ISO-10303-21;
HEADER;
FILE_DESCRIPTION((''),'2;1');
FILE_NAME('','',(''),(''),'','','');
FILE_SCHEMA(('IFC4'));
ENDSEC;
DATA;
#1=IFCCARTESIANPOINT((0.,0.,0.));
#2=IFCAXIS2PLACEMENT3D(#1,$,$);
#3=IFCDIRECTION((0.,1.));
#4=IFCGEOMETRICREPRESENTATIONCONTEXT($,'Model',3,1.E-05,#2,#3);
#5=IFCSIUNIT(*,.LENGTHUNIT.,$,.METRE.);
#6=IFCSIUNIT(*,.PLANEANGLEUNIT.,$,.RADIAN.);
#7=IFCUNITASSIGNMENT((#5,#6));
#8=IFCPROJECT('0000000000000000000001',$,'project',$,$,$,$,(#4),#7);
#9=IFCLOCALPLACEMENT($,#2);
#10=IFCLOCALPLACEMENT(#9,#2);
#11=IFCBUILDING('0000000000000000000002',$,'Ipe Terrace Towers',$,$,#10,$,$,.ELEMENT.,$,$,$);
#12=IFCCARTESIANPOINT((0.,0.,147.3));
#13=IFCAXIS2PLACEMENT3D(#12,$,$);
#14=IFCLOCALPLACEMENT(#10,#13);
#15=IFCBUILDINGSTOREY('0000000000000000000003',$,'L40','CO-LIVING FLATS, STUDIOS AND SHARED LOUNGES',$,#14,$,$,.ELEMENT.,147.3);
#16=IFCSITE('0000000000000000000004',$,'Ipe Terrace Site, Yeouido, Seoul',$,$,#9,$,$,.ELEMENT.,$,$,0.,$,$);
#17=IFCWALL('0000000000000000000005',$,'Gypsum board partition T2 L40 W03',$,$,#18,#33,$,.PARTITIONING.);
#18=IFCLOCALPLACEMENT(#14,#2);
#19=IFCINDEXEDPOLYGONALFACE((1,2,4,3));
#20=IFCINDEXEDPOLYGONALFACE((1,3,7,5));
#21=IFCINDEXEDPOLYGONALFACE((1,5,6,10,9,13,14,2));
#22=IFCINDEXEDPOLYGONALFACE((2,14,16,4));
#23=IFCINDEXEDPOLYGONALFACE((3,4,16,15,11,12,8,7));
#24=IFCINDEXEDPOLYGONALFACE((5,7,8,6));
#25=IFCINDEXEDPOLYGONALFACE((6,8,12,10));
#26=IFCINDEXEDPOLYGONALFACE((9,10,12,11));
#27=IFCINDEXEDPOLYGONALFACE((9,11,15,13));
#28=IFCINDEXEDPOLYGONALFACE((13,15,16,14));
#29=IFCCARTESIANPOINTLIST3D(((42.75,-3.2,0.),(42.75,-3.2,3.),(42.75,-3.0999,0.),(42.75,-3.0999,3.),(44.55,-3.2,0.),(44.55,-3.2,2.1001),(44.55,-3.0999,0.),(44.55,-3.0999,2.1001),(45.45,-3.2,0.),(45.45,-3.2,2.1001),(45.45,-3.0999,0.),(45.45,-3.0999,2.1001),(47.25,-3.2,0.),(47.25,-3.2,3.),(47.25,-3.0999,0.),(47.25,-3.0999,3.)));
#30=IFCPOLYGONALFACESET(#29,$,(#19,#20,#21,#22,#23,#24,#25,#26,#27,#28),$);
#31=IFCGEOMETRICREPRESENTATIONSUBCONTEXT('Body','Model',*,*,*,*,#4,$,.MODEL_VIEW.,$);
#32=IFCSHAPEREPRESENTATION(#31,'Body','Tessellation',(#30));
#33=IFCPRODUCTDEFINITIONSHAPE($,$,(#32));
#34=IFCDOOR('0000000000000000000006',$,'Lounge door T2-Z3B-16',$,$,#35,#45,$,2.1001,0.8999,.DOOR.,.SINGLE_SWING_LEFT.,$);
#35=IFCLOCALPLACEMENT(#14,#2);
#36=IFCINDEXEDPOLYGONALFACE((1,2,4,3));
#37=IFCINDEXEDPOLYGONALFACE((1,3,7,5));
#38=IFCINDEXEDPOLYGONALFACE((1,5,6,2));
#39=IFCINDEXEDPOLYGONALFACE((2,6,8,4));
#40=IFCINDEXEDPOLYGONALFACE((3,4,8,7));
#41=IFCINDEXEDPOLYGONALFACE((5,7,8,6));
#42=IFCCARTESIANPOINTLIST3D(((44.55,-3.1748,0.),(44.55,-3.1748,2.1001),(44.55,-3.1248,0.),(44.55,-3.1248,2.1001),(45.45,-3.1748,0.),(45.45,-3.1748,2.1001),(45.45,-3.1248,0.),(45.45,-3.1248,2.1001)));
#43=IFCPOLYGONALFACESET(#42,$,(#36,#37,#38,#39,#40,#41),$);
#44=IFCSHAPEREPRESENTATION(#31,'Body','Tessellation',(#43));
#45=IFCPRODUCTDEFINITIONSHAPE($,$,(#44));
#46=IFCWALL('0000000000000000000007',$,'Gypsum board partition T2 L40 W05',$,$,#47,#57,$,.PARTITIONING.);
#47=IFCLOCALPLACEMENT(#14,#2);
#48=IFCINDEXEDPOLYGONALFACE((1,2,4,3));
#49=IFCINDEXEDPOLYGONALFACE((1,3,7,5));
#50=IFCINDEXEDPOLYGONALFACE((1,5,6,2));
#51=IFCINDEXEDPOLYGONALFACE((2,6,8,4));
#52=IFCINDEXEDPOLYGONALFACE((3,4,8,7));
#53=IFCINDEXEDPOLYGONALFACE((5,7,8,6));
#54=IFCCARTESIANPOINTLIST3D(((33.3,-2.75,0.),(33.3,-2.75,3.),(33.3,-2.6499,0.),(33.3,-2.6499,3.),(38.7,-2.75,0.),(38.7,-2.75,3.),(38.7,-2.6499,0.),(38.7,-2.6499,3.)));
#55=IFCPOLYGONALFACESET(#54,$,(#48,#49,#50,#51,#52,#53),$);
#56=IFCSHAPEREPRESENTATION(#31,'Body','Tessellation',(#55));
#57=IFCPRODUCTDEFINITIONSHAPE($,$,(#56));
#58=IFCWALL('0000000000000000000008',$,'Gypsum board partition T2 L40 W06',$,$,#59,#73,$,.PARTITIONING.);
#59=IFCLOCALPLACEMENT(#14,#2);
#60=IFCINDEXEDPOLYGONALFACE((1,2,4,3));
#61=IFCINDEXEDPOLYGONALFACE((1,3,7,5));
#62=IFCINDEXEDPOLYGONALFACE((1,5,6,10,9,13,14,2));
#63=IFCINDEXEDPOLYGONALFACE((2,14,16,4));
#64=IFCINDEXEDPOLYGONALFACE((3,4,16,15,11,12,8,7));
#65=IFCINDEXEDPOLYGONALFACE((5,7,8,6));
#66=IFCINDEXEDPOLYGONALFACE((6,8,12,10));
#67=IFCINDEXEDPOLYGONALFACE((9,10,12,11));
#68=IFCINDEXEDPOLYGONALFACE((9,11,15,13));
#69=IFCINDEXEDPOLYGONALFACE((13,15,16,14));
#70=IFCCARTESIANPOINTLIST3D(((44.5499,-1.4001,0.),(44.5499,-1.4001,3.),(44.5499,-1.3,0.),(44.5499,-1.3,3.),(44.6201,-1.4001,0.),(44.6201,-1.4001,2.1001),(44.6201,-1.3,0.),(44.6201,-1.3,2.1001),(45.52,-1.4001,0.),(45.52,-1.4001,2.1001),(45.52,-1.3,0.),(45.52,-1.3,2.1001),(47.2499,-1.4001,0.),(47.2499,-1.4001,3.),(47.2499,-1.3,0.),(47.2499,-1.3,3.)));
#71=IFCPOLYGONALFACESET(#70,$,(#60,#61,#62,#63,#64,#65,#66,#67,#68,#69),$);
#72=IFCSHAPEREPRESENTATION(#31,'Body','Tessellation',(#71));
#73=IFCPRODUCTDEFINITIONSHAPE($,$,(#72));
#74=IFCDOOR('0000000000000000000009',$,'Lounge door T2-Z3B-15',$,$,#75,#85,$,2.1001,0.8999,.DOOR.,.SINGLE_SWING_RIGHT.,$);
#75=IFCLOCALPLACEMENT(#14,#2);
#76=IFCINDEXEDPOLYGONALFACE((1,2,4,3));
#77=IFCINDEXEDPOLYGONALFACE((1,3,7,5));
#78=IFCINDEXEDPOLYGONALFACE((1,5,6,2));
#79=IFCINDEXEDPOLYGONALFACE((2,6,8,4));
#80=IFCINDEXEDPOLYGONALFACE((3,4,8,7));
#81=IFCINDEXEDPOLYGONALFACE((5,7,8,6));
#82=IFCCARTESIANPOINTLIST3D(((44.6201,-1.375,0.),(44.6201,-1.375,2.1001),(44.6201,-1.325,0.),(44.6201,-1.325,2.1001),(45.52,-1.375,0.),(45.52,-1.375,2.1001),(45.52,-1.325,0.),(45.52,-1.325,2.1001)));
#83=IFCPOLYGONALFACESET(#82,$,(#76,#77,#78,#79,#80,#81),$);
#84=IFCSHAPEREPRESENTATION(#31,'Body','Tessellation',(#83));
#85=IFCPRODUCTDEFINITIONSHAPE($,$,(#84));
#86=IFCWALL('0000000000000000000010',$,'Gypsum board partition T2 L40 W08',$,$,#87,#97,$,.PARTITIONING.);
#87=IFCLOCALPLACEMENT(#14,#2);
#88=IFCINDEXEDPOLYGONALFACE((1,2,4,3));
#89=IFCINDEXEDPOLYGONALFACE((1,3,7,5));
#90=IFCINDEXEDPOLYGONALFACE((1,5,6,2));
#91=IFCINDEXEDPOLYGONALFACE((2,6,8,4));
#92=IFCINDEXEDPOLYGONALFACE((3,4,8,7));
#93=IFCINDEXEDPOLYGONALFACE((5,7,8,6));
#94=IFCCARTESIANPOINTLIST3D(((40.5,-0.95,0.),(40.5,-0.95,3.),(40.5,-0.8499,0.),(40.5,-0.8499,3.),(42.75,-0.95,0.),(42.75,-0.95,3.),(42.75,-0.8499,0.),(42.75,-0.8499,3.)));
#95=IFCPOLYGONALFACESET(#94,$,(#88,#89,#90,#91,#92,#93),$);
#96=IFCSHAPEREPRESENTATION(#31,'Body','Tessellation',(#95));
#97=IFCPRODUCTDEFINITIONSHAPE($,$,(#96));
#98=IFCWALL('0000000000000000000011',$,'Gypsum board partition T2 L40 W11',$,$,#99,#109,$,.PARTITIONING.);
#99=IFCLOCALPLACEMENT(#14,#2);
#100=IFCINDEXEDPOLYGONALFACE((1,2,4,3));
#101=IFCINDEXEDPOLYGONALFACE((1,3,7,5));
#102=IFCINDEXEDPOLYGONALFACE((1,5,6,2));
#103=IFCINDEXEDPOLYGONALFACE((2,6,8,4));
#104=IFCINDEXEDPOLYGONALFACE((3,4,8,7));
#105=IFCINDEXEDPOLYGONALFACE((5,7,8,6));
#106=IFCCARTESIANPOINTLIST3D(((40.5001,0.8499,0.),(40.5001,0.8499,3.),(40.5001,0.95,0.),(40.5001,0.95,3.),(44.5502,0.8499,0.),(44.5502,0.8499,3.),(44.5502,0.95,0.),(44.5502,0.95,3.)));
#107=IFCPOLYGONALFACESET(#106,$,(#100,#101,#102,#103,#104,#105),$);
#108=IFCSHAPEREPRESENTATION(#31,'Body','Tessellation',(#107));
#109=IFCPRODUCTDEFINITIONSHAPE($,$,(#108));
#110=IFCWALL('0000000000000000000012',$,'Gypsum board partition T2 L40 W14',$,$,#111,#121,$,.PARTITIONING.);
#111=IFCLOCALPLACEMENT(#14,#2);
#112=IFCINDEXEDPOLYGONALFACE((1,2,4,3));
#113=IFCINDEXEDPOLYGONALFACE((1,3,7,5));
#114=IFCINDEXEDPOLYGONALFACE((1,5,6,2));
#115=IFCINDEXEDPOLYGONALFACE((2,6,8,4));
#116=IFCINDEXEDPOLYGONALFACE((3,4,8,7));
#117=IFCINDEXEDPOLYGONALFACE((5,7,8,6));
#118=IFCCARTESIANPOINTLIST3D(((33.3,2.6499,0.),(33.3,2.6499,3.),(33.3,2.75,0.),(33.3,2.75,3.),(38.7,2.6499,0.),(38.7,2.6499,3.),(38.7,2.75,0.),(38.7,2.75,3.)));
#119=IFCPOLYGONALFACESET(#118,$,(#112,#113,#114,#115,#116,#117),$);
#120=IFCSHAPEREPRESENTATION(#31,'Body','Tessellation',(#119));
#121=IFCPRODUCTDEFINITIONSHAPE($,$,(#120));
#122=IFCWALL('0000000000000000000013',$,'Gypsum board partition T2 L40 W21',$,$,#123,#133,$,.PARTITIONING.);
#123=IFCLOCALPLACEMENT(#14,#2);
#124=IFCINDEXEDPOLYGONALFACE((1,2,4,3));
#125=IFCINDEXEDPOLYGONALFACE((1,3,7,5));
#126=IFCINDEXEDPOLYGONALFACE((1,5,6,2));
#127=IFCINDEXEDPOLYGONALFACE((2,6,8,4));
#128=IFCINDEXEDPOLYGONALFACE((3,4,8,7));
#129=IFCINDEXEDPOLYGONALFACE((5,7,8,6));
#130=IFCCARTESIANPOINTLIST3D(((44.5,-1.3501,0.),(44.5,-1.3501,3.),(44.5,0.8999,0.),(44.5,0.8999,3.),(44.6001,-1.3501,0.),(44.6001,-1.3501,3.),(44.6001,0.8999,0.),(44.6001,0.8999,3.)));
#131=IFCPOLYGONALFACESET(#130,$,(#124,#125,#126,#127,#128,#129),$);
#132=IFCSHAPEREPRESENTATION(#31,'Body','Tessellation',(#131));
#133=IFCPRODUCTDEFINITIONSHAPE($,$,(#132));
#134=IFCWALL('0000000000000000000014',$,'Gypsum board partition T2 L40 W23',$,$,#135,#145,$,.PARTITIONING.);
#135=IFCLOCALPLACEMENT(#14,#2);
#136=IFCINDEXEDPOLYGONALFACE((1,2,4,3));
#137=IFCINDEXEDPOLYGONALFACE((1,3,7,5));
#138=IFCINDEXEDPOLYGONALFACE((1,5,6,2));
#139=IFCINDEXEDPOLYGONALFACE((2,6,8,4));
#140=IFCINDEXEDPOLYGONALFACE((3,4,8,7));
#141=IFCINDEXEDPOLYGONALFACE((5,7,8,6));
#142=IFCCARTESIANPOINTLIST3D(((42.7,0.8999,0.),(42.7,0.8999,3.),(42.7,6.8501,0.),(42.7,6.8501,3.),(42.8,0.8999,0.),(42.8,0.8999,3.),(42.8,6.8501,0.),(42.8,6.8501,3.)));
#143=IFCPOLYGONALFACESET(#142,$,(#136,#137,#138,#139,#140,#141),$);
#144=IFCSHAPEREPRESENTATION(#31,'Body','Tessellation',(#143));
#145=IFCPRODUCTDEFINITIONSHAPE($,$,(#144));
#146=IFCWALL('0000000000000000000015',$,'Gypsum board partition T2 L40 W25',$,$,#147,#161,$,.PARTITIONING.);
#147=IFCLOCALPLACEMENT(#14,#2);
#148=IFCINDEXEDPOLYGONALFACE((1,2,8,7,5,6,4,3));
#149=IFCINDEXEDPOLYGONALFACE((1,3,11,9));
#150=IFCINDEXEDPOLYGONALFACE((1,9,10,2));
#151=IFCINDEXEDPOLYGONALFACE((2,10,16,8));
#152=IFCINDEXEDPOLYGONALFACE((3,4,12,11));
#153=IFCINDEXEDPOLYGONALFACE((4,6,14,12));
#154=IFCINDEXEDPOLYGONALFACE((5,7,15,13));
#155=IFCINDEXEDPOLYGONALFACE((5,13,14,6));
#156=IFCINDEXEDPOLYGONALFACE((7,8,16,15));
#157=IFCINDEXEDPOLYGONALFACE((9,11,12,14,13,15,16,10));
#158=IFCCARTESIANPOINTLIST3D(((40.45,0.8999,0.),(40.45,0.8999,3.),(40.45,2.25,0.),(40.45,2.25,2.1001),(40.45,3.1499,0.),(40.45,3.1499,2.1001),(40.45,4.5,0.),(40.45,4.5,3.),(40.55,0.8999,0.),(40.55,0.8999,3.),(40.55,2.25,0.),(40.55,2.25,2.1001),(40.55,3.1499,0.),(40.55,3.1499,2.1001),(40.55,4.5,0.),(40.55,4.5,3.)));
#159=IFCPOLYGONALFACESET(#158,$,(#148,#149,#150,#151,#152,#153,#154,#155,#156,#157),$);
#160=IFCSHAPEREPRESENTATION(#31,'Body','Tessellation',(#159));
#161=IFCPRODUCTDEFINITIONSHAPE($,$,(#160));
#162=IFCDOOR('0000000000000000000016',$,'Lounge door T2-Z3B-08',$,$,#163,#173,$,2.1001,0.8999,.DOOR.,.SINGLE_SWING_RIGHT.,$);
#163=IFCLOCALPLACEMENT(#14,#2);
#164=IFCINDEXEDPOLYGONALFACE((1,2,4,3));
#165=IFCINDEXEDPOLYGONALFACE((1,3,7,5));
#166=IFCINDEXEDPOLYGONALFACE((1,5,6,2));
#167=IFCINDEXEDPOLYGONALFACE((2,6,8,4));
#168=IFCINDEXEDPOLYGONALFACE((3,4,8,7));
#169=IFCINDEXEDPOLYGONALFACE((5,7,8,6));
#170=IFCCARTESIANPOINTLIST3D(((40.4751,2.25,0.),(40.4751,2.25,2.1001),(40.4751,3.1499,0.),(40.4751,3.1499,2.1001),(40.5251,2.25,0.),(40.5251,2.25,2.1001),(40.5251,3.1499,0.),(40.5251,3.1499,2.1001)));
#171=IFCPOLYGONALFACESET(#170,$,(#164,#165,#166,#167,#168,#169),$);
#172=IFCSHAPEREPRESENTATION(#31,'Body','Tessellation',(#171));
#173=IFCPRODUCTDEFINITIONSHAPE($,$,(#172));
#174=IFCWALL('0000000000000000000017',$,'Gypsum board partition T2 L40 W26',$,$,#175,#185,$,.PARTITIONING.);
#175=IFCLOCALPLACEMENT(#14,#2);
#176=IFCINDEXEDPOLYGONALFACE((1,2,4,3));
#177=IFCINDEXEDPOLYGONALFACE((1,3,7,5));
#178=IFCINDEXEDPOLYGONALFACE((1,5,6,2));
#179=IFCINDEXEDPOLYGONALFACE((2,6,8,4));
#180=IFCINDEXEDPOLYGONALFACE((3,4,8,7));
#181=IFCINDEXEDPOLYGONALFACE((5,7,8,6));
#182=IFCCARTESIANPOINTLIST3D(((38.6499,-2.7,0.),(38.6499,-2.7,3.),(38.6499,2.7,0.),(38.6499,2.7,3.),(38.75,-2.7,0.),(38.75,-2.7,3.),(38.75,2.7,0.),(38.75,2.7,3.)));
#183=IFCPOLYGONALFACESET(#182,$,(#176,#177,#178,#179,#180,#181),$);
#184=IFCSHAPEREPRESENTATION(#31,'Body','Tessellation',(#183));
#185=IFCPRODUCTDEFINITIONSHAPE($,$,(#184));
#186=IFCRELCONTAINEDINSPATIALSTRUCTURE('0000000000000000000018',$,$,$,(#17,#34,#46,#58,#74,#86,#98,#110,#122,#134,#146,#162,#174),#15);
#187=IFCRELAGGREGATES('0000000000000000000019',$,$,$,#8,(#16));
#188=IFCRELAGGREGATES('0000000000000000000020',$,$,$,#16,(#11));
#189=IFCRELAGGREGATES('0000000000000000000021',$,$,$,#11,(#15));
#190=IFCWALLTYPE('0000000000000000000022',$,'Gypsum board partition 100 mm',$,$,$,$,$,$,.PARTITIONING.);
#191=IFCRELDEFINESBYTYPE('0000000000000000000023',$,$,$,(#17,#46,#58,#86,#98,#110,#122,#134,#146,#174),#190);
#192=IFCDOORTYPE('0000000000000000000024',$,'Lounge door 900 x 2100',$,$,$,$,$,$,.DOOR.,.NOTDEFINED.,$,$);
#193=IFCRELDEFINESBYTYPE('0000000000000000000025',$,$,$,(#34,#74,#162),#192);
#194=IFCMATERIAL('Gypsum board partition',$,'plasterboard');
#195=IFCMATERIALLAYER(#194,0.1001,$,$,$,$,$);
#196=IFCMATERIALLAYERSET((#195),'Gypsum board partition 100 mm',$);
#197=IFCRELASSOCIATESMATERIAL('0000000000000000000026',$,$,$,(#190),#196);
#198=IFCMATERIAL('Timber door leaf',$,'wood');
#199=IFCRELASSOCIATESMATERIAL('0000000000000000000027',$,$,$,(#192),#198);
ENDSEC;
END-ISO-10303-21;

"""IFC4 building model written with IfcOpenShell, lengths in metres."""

from ifc_helpers import new_model, si_unit, direction, frame, frame_2d, origin, place, context, subcontext, project, spatial, rectangle, extrude, material, layer, layer_set, type_object, element, fill, save


model = new_model("IFC4")

# Units and contexts
model_context = context("Model", 3, precision=1e-05, world=origin(), true_north=direction((0.0, 1.0)))
body_context = subcontext(model_context, "Body", "Model", "MODEL_VIEW")
ifc_project = project(units=[si_unit("LENGTHUNIT", "METRE"), si_unit("PLANEANGLEUNIT", "RADIAN")], contexts=[model_context])

# Site, building, storey
site_placement = place(None, origin())
site = spatial("IfcSite", under=ifc_project, at=site_placement, Name="Ipe Terrace Site, Yeouido, Seoul", CompositionType="ELEMENT", RefElevation=0.0)
building_placement = place(site_placement, origin())
building = spatial("IfcBuilding", under=site, at=building_placement, Name="Ipe Terrace Towers", CompositionType="ELEMENT")
storey_placement = place(building_placement, frame((0.0, 0.0, 147.3)))
storey = spatial("IfcBuildingStorey", under=building, at=storey_placement, Name="L40", Description="CO-LIVING FLATS, STUDIOS AND SHARED LOUNGES", CompositionType="ELEMENT", Elevation=147.3)

# Wall, opening, door
ifc_material_1 = material(Name="Gypsum board partition", Category="plasterboard")
ifc_layer_1 = layer(ifc_material_1, 0.1001)
ifc_layer_set_1 = layer_set([ifc_layer_1], Name="Gypsum board partition 100 mm")
wall_type_1 = type_object("IfcWallType", Name="Gypsum board partition 100 mm", PredefinedType="PARTITIONING", material=ifc_layer_set_1)
ifc_material_2 = material(Name="Timber door leaf", Category="wood")
door_type = type_object("IfcDoorType", Name="Lounge door 900 x 2100", OperationType="NOTDEFINED", PredefinedType="DOOR", material=ifc_material_2)
wall_1_placement = place(storey_placement, frame((47.25, -3.1499, 0.0), z_axis=(0.0, 0.0, 1.0), x_axis=(-1.0, 0.0, 0.0)))
wall_1 = element("IfcWall", 1, at=wall_1_placement, inside=storey, type_object=wall_type_1, Name="Gypsum board partition T2 L40 W03", PredefinedType="PARTITIONING", context=body_context, shape_type="SweptSolid", body=[
    extrude(rectangle(XDim=4.5, YDim=0.1001, at=frame_2d((2.25, 0.0))), origin(), (0.0, 0.0, 1.0), 3.0),
])
opening_1_placement = place(wall_1_placement, frame((1.8, 0.0, 0.0)))
opening_1 = element("IfcOpeningElement", 2, at=opening_1_placement, cuts=wall_1, PredefinedType="OPENING", context=body_context, shape_type="SweptSolid", body=[
    extrude(rectangle(XDim=0.8999, YDim=2.1001, at=frame_2d((0.45, 1.05))), frame((0.0, 0.0601, 0.0), z_axis=(0.0, -1.0, 0.0), x_axis=(1.0, 0.0, 0.0)), (0.0, 0.0, 1.0), 0.1201),
])
door_1_placement = place(opening_1_placement, origin())
door_1 = element("IfcDoor", 3, at=door_1_placement, inside=storey, type_object=door_type, Name="Lounge door T2-Z3B-16", OperationType="SINGLE_SWING_LEFT", OverallHeight=2.1001, OverallWidth=0.8999, PredefinedType="DOOR", context=body_context, shape_type="SweptSolid", body=[
    extrude(rectangle(XDim=0.8999, YDim=2.1001, at=frame_2d((0.45, 1.05))), frame((0.0, 0.0249, 0.0), z_axis=(0.0, -1.0, 0.0), x_axis=(1.0, 0.0, 0.0)), (0.0, 0.0, 1.0), 0.05),
])
fill(opening_1, door_1)

# Wall
wall_2_placement = place(storey_placement, frame((38.7, -2.7, 0.0), z_axis=(0.0, 0.0, 1.0), x_axis=(-1.0, 0.0, 0.0)))
element("IfcWall", 4, at=wall_2_placement, inside=storey, type_object=wall_type_1, Name="Gypsum board partition T2 L40 W05", PredefinedType="PARTITIONING", context=body_context, shape_type="SweptSolid", body=[
    extrude(rectangle(XDim=5.3999, YDim=0.1001, at=frame_2d((2.7, 0.0))), origin(), (0.0, 0.0, 1.0), 3.0),
])

# Wall, opening, door
wall_3_placement = place(storey_placement, frame((47.25, -1.3501, 0.0), z_axis=(0.0, 0.0, 1.0), x_axis=(-1.0, 0.0, 0.0)))
wall_3 = element("IfcWall", 5, at=wall_3_placement, inside=storey, type_object=wall_type_1, Name="Gypsum board partition T2 L40 W06", PredefinedType="PARTITIONING", context=body_context, shape_type="SweptSolid", body=[
    extrude(rectangle(XDim=2.7, YDim=0.1001, at=frame_2d((1.3501, 0.0))), origin(), (0.0, 0.0, 1.0), 3.0),
])
opening_2_placement = place(wall_3_placement, frame((1.73, 0.0, 0.0)))
opening_2 = element("IfcOpeningElement", 6, at=opening_2_placement, cuts=wall_3, PredefinedType="OPENING", context=body_context, shape_type="SweptSolid", body=[
    extrude(rectangle(XDim=0.8999, YDim=2.1001, at=frame_2d((0.45, 1.05))), frame((0.0, 0.0601, 0.0), z_axis=(0.0, -1.0, 0.0), x_axis=(1.0, 0.0, 0.0)), (0.0, 0.0, 1.0), 0.1201),
])
door_2_placement = place(opening_2_placement, origin())
door_2 = element("IfcDoor", 7, at=door_2_placement, inside=storey, type_object=door_type, Name="Lounge door T2-Z3B-15", OperationType="SINGLE_SWING_RIGHT", OverallHeight=2.1001, OverallWidth=0.8999, PredefinedType="DOOR", context=body_context, shape_type="SweptSolid", body=[
    extrude(rectangle(XDim=0.8999, YDim=2.1001, at=frame_2d((0.45, 1.05))), frame((0.0, 0.0249, 0.0), z_axis=(0.0, -1.0, 0.0), x_axis=(1.0, 0.0, 0.0)), (0.0, 0.0, 1.0), 0.05),
])
fill(opening_2, door_2)

# Walls
wall_4_placement = place(storey_placement, frame((42.75, -0.8999, 0.0), z_axis=(0.0, 0.0, 1.0), x_axis=(-1.0, 0.0, 0.0)))
element("IfcWall", 8, at=wall_4_placement, inside=storey, type_object=wall_type_1, Name="Gypsum board partition T2 L40 W08", PredefinedType="PARTITIONING", context=body_context, shape_type="SweptSolid", body=[
    extrude(rectangle(XDim=2.25, YDim=0.1001, at=frame_2d((1.125, 0.0))), origin(), (0.0, 0.0, 1.0), 3.0),
])
wall_5_placement = place(storey_placement, frame((44.55, 0.8999, 0.0), z_axis=(0.0, 0.0, 1.0), x_axis=(-1.0, 0.0, 0.0)))
element("IfcWall", 9, at=wall_5_placement, inside=storey, type_object=wall_type_1, Name="Gypsum board partition T2 L40 W11", PredefinedType="PARTITIONING", context=body_context, shape_type="SweptSolid", body=[
    extrude(rectangle(XDim=4.05, YDim=0.1001, at=frame_2d((2.0249, 0.0))), origin(), (0.0, 0.0, 1.0), 3.0),
])
wall_6_placement = place(storey_placement, frame((38.7, 2.7, 0.0), z_axis=(0.0, 0.0, 1.0), x_axis=(-1.0, 0.0, 0.0)))
element("IfcWall", 10, at=wall_6_placement, inside=storey, type_object=wall_type_1, Name="Gypsum board partition T2 L40 W14", PredefinedType="PARTITIONING", context=body_context, shape_type="SweptSolid", body=[
    extrude(rectangle(XDim=5.3999, YDim=0.1001, at=frame_2d((2.7, 0.0))), origin(), (0.0, 0.0, 1.0), 3.0),
])
wall_7_placement = place(storey_placement, frame((44.55, -1.3501, 0.0), z_axis=(0.0, 0.0, 1.0), x_axis=(0.0, 1.0, 0.0)))
element("IfcWall", 11, at=wall_7_placement, inside=storey, type_object=wall_type_1, Name="Gypsum board partition T2 L40 W21", PredefinedType="PARTITIONING", context=body_context, shape_type="SweptSolid", body=[
    extrude(rectangle(XDim=2.25, YDim=0.1001, at=frame_2d((1.125, 0.0))), origin(), (0.0, 0.0, 1.0), 3.0),
])
wall_8_placement = place(storey_placement, frame((42.75, 0.8999, 0.0), z_axis=(0.0, 0.0, 1.0), x_axis=(0.0, 1.0, 0.0)))
element("IfcWall", 12, at=wall_8_placement, inside=storey, type_object=wall_type_1, Name="Gypsum board partition T2 L40 W23", PredefinedType="PARTITIONING", context=body_context, shape_type="SweptSolid", body=[
    extrude(rectangle(XDim=5.9502, YDim=0.1001, at=frame_2d((2.9751, 0.0))), origin(), (0.0, 0.0, 1.0), 3.0),
])

# Wall, opening, door
wall_9_placement = place(storey_placement, frame((40.5, 0.8999, 0.0), z_axis=(0.0, 0.0, 1.0), x_axis=(0.0, 1.0, 0.0)))
wall_9 = element("IfcWall", 13, at=wall_9_placement, inside=storey, type_object=wall_type_1, Name="Gypsum board partition T2 L40 W25", PredefinedType="PARTITIONING", context=body_context, shape_type="SweptSolid", body=[
    extrude(rectangle(XDim=3.6001, YDim=0.1001, at=frame_2d((1.8, 0.0))), origin(), (0.0, 0.0, 1.0), 3.0),
])
opening_3_placement = place(wall_9_placement, frame((1.3501, 0.0, 0.0)))
opening_3 = element("IfcOpeningElement", 14, at=opening_3_placement, cuts=wall_9, PredefinedType="OPENING", context=body_context, shape_type="SweptSolid", body=[
    extrude(rectangle(XDim=0.8999, YDim=2.1001, at=frame_2d((0.45, 1.05))), frame((0.0, 0.0601, 0.0), z_axis=(0.0, -1.0, 0.0), x_axis=(1.0, 0.0, 0.0)), (0.0, 0.0, 1.0), 0.1201),
])
door_3_placement = place(opening_3_placement, origin())
door_3 = element("IfcDoor", 15, at=door_3_placement, inside=storey, type_object=door_type, Name="Lounge door T2-Z3B-08", OperationType="SINGLE_SWING_RIGHT", OverallHeight=2.1001, OverallWidth=0.8999, PredefinedType="DOOR", context=body_context, shape_type="SweptSolid", body=[
    extrude(rectangle(XDim=0.8999, YDim=2.1001, at=frame_2d((0.45, 1.05))), frame((0.0, 0.0249, 0.0), z_axis=(0.0, -1.0, 0.0), x_axis=(1.0, 0.0, 0.0)), (0.0, 0.0, 1.0), 0.05),
])
fill(opening_3, door_3)

# Wall
wall_10_placement = place(storey_placement, frame((38.7, -2.7, 0.0), z_axis=(0.0, 0.0, 1.0), x_axis=(0.0, 1.0, 0.0)))
element("IfcWall", 16, at=wall_10_placement, inside=storey, type_object=wall_type_1, Name="Gypsum board partition T2 L40 W26", PredefinedType="PARTITIONING", context=body_context, shape_type="SweptSolid", body=[
    extrude(rectangle(XDim=5.3999, YDim=0.1001, at=frame_2d((2.7, 0.0))), origin(), (0.0, 0.0, 1.0), 3.0),
])

save(model, "model.ifc")
